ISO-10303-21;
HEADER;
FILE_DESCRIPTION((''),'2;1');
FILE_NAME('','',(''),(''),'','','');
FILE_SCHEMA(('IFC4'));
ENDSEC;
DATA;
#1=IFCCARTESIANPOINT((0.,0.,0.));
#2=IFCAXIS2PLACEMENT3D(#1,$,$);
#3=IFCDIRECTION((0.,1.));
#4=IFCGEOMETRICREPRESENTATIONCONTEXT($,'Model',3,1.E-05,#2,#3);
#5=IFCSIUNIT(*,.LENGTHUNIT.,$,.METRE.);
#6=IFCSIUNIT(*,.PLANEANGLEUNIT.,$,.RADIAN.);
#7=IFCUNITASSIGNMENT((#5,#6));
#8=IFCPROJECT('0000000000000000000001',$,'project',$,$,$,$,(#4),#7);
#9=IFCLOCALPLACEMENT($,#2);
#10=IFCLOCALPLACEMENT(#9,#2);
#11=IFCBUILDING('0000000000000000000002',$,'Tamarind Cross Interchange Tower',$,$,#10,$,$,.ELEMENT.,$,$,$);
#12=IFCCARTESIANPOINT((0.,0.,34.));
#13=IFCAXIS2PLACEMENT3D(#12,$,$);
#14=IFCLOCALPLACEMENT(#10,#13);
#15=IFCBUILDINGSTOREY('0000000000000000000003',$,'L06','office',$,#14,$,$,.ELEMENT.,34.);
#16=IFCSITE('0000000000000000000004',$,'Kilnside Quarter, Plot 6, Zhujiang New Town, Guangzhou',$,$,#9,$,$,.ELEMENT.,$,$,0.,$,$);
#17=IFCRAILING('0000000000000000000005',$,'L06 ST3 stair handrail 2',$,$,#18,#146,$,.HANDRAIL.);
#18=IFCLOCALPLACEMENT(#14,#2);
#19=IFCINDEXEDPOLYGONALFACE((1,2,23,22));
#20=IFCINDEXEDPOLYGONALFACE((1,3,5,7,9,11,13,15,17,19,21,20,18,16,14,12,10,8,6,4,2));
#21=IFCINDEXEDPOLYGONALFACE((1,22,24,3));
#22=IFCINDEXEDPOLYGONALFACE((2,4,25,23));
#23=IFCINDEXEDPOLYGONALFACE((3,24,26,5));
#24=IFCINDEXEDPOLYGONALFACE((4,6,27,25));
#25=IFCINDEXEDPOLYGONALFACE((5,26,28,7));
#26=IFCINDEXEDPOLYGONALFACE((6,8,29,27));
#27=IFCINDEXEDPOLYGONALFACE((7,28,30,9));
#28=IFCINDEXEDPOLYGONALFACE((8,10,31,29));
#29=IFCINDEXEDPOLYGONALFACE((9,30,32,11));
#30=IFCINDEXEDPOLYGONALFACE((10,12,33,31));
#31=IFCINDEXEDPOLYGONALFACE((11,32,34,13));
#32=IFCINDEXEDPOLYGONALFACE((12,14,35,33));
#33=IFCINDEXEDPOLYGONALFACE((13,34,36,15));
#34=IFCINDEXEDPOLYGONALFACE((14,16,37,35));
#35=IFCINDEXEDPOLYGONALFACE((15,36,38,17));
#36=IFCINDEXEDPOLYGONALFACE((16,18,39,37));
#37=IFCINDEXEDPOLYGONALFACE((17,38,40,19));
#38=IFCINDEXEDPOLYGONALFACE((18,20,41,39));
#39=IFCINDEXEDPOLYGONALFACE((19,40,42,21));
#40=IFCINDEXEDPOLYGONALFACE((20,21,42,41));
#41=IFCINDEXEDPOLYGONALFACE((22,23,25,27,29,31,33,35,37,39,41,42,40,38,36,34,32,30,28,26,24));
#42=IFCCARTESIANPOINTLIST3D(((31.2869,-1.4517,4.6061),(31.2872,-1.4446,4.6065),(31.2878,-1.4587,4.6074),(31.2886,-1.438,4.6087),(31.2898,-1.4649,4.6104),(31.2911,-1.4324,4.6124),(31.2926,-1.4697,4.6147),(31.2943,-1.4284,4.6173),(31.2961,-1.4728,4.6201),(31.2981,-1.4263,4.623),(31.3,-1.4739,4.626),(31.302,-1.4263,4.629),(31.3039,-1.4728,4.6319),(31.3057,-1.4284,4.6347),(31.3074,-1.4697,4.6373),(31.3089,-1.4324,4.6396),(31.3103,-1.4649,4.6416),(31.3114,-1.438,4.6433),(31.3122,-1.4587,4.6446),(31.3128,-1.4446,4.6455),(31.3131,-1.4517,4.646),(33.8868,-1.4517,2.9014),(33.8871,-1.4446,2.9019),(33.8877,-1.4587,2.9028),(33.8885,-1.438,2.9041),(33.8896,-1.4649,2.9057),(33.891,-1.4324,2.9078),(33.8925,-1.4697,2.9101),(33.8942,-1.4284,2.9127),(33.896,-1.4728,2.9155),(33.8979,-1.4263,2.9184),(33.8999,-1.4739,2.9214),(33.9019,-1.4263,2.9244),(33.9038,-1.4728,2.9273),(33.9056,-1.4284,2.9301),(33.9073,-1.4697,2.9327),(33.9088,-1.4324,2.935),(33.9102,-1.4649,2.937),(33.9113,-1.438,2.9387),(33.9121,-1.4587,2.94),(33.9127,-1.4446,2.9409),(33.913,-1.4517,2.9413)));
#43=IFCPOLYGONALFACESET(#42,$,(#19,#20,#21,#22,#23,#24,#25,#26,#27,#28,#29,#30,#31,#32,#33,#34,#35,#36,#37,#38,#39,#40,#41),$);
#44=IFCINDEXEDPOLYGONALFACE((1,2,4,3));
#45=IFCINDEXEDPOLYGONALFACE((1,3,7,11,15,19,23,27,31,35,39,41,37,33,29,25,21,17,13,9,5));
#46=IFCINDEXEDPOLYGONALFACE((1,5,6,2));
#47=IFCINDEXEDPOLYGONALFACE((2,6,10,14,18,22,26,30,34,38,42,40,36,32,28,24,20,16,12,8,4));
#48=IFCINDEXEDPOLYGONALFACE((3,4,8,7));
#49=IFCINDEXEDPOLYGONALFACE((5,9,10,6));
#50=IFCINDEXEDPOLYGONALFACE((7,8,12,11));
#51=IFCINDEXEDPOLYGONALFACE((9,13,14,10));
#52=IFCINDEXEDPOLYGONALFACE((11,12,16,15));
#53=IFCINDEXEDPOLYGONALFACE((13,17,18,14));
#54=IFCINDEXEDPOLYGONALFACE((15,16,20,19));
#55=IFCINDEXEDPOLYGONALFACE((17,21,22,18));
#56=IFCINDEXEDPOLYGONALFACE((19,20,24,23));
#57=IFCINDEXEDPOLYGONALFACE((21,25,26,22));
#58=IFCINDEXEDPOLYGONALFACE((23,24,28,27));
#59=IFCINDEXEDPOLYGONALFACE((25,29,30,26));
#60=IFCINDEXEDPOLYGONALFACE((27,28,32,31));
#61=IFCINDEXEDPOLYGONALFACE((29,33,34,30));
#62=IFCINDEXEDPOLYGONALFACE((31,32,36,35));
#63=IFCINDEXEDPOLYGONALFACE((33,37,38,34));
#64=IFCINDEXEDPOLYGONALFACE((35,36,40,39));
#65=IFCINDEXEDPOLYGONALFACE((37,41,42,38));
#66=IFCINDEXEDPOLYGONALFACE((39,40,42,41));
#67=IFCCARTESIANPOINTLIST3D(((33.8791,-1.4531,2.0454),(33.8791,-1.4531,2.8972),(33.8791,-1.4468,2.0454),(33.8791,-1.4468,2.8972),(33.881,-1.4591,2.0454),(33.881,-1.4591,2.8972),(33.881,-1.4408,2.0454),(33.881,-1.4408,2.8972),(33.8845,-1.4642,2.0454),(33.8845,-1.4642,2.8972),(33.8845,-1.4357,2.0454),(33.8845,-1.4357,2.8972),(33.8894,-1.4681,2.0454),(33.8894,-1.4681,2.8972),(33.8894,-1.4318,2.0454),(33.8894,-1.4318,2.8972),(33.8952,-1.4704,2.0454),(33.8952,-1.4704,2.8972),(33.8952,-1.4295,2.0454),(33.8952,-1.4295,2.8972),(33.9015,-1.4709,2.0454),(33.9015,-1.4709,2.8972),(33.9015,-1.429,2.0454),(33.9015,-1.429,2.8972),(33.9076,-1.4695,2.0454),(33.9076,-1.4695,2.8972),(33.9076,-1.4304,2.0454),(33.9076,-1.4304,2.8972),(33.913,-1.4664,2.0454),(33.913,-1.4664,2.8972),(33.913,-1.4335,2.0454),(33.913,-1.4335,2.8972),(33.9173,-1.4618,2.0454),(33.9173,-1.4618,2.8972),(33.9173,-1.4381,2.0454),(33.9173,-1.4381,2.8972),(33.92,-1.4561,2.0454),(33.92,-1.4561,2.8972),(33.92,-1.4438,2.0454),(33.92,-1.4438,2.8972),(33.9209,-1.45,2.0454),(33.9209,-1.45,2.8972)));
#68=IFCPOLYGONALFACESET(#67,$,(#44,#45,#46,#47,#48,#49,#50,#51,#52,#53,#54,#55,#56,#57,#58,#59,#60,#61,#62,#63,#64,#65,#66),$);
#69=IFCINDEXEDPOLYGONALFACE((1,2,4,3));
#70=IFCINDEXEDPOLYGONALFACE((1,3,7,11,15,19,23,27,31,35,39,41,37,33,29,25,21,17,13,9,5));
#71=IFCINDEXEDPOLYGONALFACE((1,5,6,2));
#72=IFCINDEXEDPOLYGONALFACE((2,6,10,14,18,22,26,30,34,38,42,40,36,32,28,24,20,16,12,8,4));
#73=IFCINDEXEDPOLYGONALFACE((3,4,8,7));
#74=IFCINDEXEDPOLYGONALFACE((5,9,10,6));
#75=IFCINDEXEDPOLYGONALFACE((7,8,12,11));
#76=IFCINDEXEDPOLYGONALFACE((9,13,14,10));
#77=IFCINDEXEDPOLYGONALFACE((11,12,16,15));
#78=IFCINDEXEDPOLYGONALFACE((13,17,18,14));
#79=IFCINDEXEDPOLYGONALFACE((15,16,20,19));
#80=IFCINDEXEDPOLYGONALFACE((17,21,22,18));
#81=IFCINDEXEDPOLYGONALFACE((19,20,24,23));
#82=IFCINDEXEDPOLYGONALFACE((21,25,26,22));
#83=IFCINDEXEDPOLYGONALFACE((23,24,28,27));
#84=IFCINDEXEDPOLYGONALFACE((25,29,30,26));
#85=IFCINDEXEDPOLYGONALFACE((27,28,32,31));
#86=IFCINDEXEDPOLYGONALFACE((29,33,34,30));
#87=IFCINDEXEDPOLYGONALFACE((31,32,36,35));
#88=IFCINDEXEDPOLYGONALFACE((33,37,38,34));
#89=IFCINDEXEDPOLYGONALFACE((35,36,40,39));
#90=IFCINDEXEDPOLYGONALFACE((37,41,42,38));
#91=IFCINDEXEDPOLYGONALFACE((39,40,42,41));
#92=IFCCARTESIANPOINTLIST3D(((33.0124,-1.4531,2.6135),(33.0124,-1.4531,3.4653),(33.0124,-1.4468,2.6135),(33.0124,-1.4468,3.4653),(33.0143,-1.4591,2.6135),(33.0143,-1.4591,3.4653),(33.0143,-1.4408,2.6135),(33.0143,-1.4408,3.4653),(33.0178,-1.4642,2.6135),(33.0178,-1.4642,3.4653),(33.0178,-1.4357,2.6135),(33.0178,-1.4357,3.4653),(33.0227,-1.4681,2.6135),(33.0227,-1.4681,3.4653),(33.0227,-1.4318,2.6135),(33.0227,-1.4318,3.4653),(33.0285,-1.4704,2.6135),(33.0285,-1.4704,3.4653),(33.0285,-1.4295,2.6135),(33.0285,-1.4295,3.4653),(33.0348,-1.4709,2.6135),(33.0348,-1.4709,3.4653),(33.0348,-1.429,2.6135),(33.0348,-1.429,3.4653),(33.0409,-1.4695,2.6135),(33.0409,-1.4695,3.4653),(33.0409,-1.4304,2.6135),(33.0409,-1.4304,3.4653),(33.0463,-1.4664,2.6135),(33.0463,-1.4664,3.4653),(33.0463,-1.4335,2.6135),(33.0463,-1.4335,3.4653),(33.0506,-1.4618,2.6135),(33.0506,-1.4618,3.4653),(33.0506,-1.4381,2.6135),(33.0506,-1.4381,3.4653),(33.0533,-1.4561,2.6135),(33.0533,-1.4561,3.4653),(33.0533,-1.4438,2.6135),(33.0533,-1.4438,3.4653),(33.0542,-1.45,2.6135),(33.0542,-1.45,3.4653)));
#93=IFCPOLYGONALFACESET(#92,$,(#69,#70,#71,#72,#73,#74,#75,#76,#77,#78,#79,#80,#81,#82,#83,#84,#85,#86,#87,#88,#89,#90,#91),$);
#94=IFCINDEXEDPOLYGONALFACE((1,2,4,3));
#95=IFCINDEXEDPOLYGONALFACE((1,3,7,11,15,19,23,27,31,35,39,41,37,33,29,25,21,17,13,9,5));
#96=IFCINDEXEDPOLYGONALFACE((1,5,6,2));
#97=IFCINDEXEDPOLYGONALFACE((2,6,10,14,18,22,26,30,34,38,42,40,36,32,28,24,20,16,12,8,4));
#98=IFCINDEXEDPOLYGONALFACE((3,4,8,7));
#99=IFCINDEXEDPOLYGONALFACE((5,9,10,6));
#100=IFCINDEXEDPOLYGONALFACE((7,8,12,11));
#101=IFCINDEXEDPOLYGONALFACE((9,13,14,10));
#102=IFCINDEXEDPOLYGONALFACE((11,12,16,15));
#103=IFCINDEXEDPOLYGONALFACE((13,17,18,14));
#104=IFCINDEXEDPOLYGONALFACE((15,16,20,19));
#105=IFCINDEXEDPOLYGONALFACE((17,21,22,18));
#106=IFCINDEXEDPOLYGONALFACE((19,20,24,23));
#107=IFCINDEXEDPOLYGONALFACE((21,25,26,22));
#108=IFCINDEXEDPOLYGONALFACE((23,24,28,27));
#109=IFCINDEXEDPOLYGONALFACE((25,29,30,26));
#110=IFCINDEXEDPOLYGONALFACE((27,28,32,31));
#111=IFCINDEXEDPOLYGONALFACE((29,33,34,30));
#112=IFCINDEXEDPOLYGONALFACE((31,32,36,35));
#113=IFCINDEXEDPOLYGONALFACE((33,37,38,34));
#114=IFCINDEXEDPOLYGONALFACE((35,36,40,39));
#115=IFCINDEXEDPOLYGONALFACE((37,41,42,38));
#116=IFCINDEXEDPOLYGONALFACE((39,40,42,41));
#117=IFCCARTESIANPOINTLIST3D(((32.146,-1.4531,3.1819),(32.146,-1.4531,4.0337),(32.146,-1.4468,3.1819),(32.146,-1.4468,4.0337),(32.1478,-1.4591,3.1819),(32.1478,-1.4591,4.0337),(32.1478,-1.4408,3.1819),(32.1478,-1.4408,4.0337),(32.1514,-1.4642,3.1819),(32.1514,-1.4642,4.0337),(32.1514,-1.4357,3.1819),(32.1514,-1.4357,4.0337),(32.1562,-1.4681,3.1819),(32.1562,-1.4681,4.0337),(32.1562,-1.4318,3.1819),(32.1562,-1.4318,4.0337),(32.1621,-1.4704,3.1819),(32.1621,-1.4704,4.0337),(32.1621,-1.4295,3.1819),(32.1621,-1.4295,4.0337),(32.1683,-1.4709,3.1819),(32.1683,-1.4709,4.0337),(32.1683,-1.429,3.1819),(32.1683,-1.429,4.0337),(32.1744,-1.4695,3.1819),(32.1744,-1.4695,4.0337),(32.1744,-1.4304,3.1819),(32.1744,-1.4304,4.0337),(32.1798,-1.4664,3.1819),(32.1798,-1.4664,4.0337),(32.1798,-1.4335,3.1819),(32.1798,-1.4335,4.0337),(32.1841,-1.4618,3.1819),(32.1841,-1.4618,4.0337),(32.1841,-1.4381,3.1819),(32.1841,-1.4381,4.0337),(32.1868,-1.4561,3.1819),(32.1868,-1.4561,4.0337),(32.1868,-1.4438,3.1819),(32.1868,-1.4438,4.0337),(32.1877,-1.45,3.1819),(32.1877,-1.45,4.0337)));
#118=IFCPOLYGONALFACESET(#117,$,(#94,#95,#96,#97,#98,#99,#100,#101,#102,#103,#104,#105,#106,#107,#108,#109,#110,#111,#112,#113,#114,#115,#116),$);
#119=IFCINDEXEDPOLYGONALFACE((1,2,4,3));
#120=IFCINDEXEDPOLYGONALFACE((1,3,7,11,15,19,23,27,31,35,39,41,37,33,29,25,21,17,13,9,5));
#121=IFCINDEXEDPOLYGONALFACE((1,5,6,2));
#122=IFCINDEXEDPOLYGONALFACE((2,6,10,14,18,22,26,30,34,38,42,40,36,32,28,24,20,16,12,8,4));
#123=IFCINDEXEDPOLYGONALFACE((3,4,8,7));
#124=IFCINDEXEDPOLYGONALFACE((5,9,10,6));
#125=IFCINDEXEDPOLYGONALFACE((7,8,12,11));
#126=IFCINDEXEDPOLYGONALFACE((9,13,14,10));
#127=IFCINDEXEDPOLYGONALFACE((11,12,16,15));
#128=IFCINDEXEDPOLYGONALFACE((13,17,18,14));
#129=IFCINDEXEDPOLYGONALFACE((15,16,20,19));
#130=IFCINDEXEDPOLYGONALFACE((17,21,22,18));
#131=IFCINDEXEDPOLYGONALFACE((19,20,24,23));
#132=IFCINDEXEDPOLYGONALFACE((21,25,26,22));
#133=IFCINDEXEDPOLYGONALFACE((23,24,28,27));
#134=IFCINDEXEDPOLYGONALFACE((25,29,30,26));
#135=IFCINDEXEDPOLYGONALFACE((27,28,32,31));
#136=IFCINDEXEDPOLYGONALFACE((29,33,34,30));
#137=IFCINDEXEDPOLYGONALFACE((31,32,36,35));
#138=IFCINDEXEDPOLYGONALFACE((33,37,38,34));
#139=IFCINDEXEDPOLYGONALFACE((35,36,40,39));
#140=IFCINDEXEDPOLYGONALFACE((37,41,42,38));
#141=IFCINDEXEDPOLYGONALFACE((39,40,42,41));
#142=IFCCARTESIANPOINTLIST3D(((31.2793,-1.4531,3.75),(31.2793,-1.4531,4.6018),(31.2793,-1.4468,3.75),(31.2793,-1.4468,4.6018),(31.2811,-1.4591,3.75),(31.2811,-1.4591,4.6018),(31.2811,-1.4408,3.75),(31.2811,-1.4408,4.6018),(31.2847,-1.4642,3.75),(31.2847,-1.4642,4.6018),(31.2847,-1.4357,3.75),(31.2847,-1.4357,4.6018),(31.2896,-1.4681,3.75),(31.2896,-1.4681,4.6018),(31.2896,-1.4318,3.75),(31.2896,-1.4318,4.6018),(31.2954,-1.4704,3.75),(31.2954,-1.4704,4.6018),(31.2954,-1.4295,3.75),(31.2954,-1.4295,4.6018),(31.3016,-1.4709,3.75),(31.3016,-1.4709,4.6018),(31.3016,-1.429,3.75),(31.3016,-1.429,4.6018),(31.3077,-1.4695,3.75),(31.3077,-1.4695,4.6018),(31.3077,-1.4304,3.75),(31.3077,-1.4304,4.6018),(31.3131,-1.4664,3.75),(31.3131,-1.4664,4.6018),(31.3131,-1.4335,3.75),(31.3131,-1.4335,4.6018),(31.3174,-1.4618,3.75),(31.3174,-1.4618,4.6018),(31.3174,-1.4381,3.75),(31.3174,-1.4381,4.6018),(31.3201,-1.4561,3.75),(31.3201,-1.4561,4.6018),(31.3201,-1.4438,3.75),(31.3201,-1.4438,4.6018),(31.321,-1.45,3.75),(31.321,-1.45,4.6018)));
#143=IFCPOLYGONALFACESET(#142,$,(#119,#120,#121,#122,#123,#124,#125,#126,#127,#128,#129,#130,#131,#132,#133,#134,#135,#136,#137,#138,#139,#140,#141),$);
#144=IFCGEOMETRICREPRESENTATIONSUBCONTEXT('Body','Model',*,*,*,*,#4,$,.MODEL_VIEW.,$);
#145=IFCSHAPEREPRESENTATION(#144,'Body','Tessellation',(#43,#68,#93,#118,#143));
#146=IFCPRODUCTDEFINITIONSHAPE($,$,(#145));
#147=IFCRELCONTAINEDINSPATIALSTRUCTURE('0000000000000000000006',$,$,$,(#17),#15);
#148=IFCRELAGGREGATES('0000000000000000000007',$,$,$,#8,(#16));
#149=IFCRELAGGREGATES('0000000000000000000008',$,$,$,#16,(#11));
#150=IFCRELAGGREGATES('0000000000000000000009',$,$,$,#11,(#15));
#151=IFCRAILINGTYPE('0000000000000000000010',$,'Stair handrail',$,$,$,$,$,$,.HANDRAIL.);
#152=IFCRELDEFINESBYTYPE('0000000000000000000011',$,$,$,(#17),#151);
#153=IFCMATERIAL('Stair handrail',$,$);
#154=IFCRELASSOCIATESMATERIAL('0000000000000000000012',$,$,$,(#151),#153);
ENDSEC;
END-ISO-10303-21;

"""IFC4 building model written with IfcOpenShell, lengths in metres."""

from ifc_helpers import new_model, si_unit, direction, frame, origin, origin_2d, place, context, subcontext, project, spatial, circle, extrude, material, type_object, element, save


model = new_model("IFC4")

# Units and contexts
model_context = context("Model", 3, precision=1e-05, world=origin(), true_north=direction((0.0, 1.0)))
body_context = subcontext(model_context, "Body", "Model", "MODEL_VIEW")
ifc_project = project(units=[si_unit("LENGTHUNIT", "METRE"), si_unit("PLANEANGLEUNIT", "RADIAN")], contexts=[model_context])

# Site, building, storey
site_placement = place(None, origin())
site = spatial("IfcSite", under=ifc_project, at=site_placement, Name="Kilnside Quarter, Plot 6, Zhujiang New Town, Guangzhou", CompositionType="ELEMENT", RefElevation=0.0)
building_placement = place(site_placement, origin())
building = spatial("IfcBuilding", under=site, at=building_placement, Name="Tamarind Cross Interchange Tower", CompositionType="ELEMENT")
storey_placement = place(building_placement, frame((0.0, 0.0, 34.0)))
storey = spatial("IfcBuildingStorey", under=building, at=storey_placement, Name="L06", Description="office", CompositionType="ELEMENT", Elevation=34.0)

# Railing
ifc_material_1 = material(Name="Stair handrail")
railing_type_1 = type_object("IfcRailingType", Name="Stair handrail", PredefinedType="HANDRAIL", material=ifc_material_1)
railing_1_placement = place(storey_placement, frame((33.8999, -1.45, 2.0454)))
element("IfcRailing", 1, at=railing_1_placement, inside=storey, type_object=railing_type_1, Name="L06 ST3 stair handrail 2", PredefinedType="HANDRAIL", context=body_context, shape_type="SweptSolid", body=[
    extrude(circle(Radius=0.0239, at=origin_2d()), frame((0.0, 0.0, 0.876), z_axis=(-0.836279, 0.0, 0.548305), x_axis=(0.0, -1.0, 0.0)), (0.0, 0.0, 1.0), 3.1089),
    extrude(circle(Radius=0.021, at=origin_2d()), origin(), (0.0, 0.0, 1.0), 0.8518),
    extrude(circle(Radius=0.021, at=origin_2d()), frame((-0.8667, 0.0, 0.5681)), (0.0, 0.0, 1.0), 0.8518),
    extrude(circle(Radius=0.021, at=origin_2d()), frame((-1.7332, 0.0, 1.1365)), (0.0, 0.0, 1.0), 0.8518),
    extrude(circle(Radius=0.021, at=origin_2d()), frame((-2.5999, 0.0, 1.7046)), (0.0, 0.0, 1.0), 0.8518),
])

save(model, "model.ifc")
